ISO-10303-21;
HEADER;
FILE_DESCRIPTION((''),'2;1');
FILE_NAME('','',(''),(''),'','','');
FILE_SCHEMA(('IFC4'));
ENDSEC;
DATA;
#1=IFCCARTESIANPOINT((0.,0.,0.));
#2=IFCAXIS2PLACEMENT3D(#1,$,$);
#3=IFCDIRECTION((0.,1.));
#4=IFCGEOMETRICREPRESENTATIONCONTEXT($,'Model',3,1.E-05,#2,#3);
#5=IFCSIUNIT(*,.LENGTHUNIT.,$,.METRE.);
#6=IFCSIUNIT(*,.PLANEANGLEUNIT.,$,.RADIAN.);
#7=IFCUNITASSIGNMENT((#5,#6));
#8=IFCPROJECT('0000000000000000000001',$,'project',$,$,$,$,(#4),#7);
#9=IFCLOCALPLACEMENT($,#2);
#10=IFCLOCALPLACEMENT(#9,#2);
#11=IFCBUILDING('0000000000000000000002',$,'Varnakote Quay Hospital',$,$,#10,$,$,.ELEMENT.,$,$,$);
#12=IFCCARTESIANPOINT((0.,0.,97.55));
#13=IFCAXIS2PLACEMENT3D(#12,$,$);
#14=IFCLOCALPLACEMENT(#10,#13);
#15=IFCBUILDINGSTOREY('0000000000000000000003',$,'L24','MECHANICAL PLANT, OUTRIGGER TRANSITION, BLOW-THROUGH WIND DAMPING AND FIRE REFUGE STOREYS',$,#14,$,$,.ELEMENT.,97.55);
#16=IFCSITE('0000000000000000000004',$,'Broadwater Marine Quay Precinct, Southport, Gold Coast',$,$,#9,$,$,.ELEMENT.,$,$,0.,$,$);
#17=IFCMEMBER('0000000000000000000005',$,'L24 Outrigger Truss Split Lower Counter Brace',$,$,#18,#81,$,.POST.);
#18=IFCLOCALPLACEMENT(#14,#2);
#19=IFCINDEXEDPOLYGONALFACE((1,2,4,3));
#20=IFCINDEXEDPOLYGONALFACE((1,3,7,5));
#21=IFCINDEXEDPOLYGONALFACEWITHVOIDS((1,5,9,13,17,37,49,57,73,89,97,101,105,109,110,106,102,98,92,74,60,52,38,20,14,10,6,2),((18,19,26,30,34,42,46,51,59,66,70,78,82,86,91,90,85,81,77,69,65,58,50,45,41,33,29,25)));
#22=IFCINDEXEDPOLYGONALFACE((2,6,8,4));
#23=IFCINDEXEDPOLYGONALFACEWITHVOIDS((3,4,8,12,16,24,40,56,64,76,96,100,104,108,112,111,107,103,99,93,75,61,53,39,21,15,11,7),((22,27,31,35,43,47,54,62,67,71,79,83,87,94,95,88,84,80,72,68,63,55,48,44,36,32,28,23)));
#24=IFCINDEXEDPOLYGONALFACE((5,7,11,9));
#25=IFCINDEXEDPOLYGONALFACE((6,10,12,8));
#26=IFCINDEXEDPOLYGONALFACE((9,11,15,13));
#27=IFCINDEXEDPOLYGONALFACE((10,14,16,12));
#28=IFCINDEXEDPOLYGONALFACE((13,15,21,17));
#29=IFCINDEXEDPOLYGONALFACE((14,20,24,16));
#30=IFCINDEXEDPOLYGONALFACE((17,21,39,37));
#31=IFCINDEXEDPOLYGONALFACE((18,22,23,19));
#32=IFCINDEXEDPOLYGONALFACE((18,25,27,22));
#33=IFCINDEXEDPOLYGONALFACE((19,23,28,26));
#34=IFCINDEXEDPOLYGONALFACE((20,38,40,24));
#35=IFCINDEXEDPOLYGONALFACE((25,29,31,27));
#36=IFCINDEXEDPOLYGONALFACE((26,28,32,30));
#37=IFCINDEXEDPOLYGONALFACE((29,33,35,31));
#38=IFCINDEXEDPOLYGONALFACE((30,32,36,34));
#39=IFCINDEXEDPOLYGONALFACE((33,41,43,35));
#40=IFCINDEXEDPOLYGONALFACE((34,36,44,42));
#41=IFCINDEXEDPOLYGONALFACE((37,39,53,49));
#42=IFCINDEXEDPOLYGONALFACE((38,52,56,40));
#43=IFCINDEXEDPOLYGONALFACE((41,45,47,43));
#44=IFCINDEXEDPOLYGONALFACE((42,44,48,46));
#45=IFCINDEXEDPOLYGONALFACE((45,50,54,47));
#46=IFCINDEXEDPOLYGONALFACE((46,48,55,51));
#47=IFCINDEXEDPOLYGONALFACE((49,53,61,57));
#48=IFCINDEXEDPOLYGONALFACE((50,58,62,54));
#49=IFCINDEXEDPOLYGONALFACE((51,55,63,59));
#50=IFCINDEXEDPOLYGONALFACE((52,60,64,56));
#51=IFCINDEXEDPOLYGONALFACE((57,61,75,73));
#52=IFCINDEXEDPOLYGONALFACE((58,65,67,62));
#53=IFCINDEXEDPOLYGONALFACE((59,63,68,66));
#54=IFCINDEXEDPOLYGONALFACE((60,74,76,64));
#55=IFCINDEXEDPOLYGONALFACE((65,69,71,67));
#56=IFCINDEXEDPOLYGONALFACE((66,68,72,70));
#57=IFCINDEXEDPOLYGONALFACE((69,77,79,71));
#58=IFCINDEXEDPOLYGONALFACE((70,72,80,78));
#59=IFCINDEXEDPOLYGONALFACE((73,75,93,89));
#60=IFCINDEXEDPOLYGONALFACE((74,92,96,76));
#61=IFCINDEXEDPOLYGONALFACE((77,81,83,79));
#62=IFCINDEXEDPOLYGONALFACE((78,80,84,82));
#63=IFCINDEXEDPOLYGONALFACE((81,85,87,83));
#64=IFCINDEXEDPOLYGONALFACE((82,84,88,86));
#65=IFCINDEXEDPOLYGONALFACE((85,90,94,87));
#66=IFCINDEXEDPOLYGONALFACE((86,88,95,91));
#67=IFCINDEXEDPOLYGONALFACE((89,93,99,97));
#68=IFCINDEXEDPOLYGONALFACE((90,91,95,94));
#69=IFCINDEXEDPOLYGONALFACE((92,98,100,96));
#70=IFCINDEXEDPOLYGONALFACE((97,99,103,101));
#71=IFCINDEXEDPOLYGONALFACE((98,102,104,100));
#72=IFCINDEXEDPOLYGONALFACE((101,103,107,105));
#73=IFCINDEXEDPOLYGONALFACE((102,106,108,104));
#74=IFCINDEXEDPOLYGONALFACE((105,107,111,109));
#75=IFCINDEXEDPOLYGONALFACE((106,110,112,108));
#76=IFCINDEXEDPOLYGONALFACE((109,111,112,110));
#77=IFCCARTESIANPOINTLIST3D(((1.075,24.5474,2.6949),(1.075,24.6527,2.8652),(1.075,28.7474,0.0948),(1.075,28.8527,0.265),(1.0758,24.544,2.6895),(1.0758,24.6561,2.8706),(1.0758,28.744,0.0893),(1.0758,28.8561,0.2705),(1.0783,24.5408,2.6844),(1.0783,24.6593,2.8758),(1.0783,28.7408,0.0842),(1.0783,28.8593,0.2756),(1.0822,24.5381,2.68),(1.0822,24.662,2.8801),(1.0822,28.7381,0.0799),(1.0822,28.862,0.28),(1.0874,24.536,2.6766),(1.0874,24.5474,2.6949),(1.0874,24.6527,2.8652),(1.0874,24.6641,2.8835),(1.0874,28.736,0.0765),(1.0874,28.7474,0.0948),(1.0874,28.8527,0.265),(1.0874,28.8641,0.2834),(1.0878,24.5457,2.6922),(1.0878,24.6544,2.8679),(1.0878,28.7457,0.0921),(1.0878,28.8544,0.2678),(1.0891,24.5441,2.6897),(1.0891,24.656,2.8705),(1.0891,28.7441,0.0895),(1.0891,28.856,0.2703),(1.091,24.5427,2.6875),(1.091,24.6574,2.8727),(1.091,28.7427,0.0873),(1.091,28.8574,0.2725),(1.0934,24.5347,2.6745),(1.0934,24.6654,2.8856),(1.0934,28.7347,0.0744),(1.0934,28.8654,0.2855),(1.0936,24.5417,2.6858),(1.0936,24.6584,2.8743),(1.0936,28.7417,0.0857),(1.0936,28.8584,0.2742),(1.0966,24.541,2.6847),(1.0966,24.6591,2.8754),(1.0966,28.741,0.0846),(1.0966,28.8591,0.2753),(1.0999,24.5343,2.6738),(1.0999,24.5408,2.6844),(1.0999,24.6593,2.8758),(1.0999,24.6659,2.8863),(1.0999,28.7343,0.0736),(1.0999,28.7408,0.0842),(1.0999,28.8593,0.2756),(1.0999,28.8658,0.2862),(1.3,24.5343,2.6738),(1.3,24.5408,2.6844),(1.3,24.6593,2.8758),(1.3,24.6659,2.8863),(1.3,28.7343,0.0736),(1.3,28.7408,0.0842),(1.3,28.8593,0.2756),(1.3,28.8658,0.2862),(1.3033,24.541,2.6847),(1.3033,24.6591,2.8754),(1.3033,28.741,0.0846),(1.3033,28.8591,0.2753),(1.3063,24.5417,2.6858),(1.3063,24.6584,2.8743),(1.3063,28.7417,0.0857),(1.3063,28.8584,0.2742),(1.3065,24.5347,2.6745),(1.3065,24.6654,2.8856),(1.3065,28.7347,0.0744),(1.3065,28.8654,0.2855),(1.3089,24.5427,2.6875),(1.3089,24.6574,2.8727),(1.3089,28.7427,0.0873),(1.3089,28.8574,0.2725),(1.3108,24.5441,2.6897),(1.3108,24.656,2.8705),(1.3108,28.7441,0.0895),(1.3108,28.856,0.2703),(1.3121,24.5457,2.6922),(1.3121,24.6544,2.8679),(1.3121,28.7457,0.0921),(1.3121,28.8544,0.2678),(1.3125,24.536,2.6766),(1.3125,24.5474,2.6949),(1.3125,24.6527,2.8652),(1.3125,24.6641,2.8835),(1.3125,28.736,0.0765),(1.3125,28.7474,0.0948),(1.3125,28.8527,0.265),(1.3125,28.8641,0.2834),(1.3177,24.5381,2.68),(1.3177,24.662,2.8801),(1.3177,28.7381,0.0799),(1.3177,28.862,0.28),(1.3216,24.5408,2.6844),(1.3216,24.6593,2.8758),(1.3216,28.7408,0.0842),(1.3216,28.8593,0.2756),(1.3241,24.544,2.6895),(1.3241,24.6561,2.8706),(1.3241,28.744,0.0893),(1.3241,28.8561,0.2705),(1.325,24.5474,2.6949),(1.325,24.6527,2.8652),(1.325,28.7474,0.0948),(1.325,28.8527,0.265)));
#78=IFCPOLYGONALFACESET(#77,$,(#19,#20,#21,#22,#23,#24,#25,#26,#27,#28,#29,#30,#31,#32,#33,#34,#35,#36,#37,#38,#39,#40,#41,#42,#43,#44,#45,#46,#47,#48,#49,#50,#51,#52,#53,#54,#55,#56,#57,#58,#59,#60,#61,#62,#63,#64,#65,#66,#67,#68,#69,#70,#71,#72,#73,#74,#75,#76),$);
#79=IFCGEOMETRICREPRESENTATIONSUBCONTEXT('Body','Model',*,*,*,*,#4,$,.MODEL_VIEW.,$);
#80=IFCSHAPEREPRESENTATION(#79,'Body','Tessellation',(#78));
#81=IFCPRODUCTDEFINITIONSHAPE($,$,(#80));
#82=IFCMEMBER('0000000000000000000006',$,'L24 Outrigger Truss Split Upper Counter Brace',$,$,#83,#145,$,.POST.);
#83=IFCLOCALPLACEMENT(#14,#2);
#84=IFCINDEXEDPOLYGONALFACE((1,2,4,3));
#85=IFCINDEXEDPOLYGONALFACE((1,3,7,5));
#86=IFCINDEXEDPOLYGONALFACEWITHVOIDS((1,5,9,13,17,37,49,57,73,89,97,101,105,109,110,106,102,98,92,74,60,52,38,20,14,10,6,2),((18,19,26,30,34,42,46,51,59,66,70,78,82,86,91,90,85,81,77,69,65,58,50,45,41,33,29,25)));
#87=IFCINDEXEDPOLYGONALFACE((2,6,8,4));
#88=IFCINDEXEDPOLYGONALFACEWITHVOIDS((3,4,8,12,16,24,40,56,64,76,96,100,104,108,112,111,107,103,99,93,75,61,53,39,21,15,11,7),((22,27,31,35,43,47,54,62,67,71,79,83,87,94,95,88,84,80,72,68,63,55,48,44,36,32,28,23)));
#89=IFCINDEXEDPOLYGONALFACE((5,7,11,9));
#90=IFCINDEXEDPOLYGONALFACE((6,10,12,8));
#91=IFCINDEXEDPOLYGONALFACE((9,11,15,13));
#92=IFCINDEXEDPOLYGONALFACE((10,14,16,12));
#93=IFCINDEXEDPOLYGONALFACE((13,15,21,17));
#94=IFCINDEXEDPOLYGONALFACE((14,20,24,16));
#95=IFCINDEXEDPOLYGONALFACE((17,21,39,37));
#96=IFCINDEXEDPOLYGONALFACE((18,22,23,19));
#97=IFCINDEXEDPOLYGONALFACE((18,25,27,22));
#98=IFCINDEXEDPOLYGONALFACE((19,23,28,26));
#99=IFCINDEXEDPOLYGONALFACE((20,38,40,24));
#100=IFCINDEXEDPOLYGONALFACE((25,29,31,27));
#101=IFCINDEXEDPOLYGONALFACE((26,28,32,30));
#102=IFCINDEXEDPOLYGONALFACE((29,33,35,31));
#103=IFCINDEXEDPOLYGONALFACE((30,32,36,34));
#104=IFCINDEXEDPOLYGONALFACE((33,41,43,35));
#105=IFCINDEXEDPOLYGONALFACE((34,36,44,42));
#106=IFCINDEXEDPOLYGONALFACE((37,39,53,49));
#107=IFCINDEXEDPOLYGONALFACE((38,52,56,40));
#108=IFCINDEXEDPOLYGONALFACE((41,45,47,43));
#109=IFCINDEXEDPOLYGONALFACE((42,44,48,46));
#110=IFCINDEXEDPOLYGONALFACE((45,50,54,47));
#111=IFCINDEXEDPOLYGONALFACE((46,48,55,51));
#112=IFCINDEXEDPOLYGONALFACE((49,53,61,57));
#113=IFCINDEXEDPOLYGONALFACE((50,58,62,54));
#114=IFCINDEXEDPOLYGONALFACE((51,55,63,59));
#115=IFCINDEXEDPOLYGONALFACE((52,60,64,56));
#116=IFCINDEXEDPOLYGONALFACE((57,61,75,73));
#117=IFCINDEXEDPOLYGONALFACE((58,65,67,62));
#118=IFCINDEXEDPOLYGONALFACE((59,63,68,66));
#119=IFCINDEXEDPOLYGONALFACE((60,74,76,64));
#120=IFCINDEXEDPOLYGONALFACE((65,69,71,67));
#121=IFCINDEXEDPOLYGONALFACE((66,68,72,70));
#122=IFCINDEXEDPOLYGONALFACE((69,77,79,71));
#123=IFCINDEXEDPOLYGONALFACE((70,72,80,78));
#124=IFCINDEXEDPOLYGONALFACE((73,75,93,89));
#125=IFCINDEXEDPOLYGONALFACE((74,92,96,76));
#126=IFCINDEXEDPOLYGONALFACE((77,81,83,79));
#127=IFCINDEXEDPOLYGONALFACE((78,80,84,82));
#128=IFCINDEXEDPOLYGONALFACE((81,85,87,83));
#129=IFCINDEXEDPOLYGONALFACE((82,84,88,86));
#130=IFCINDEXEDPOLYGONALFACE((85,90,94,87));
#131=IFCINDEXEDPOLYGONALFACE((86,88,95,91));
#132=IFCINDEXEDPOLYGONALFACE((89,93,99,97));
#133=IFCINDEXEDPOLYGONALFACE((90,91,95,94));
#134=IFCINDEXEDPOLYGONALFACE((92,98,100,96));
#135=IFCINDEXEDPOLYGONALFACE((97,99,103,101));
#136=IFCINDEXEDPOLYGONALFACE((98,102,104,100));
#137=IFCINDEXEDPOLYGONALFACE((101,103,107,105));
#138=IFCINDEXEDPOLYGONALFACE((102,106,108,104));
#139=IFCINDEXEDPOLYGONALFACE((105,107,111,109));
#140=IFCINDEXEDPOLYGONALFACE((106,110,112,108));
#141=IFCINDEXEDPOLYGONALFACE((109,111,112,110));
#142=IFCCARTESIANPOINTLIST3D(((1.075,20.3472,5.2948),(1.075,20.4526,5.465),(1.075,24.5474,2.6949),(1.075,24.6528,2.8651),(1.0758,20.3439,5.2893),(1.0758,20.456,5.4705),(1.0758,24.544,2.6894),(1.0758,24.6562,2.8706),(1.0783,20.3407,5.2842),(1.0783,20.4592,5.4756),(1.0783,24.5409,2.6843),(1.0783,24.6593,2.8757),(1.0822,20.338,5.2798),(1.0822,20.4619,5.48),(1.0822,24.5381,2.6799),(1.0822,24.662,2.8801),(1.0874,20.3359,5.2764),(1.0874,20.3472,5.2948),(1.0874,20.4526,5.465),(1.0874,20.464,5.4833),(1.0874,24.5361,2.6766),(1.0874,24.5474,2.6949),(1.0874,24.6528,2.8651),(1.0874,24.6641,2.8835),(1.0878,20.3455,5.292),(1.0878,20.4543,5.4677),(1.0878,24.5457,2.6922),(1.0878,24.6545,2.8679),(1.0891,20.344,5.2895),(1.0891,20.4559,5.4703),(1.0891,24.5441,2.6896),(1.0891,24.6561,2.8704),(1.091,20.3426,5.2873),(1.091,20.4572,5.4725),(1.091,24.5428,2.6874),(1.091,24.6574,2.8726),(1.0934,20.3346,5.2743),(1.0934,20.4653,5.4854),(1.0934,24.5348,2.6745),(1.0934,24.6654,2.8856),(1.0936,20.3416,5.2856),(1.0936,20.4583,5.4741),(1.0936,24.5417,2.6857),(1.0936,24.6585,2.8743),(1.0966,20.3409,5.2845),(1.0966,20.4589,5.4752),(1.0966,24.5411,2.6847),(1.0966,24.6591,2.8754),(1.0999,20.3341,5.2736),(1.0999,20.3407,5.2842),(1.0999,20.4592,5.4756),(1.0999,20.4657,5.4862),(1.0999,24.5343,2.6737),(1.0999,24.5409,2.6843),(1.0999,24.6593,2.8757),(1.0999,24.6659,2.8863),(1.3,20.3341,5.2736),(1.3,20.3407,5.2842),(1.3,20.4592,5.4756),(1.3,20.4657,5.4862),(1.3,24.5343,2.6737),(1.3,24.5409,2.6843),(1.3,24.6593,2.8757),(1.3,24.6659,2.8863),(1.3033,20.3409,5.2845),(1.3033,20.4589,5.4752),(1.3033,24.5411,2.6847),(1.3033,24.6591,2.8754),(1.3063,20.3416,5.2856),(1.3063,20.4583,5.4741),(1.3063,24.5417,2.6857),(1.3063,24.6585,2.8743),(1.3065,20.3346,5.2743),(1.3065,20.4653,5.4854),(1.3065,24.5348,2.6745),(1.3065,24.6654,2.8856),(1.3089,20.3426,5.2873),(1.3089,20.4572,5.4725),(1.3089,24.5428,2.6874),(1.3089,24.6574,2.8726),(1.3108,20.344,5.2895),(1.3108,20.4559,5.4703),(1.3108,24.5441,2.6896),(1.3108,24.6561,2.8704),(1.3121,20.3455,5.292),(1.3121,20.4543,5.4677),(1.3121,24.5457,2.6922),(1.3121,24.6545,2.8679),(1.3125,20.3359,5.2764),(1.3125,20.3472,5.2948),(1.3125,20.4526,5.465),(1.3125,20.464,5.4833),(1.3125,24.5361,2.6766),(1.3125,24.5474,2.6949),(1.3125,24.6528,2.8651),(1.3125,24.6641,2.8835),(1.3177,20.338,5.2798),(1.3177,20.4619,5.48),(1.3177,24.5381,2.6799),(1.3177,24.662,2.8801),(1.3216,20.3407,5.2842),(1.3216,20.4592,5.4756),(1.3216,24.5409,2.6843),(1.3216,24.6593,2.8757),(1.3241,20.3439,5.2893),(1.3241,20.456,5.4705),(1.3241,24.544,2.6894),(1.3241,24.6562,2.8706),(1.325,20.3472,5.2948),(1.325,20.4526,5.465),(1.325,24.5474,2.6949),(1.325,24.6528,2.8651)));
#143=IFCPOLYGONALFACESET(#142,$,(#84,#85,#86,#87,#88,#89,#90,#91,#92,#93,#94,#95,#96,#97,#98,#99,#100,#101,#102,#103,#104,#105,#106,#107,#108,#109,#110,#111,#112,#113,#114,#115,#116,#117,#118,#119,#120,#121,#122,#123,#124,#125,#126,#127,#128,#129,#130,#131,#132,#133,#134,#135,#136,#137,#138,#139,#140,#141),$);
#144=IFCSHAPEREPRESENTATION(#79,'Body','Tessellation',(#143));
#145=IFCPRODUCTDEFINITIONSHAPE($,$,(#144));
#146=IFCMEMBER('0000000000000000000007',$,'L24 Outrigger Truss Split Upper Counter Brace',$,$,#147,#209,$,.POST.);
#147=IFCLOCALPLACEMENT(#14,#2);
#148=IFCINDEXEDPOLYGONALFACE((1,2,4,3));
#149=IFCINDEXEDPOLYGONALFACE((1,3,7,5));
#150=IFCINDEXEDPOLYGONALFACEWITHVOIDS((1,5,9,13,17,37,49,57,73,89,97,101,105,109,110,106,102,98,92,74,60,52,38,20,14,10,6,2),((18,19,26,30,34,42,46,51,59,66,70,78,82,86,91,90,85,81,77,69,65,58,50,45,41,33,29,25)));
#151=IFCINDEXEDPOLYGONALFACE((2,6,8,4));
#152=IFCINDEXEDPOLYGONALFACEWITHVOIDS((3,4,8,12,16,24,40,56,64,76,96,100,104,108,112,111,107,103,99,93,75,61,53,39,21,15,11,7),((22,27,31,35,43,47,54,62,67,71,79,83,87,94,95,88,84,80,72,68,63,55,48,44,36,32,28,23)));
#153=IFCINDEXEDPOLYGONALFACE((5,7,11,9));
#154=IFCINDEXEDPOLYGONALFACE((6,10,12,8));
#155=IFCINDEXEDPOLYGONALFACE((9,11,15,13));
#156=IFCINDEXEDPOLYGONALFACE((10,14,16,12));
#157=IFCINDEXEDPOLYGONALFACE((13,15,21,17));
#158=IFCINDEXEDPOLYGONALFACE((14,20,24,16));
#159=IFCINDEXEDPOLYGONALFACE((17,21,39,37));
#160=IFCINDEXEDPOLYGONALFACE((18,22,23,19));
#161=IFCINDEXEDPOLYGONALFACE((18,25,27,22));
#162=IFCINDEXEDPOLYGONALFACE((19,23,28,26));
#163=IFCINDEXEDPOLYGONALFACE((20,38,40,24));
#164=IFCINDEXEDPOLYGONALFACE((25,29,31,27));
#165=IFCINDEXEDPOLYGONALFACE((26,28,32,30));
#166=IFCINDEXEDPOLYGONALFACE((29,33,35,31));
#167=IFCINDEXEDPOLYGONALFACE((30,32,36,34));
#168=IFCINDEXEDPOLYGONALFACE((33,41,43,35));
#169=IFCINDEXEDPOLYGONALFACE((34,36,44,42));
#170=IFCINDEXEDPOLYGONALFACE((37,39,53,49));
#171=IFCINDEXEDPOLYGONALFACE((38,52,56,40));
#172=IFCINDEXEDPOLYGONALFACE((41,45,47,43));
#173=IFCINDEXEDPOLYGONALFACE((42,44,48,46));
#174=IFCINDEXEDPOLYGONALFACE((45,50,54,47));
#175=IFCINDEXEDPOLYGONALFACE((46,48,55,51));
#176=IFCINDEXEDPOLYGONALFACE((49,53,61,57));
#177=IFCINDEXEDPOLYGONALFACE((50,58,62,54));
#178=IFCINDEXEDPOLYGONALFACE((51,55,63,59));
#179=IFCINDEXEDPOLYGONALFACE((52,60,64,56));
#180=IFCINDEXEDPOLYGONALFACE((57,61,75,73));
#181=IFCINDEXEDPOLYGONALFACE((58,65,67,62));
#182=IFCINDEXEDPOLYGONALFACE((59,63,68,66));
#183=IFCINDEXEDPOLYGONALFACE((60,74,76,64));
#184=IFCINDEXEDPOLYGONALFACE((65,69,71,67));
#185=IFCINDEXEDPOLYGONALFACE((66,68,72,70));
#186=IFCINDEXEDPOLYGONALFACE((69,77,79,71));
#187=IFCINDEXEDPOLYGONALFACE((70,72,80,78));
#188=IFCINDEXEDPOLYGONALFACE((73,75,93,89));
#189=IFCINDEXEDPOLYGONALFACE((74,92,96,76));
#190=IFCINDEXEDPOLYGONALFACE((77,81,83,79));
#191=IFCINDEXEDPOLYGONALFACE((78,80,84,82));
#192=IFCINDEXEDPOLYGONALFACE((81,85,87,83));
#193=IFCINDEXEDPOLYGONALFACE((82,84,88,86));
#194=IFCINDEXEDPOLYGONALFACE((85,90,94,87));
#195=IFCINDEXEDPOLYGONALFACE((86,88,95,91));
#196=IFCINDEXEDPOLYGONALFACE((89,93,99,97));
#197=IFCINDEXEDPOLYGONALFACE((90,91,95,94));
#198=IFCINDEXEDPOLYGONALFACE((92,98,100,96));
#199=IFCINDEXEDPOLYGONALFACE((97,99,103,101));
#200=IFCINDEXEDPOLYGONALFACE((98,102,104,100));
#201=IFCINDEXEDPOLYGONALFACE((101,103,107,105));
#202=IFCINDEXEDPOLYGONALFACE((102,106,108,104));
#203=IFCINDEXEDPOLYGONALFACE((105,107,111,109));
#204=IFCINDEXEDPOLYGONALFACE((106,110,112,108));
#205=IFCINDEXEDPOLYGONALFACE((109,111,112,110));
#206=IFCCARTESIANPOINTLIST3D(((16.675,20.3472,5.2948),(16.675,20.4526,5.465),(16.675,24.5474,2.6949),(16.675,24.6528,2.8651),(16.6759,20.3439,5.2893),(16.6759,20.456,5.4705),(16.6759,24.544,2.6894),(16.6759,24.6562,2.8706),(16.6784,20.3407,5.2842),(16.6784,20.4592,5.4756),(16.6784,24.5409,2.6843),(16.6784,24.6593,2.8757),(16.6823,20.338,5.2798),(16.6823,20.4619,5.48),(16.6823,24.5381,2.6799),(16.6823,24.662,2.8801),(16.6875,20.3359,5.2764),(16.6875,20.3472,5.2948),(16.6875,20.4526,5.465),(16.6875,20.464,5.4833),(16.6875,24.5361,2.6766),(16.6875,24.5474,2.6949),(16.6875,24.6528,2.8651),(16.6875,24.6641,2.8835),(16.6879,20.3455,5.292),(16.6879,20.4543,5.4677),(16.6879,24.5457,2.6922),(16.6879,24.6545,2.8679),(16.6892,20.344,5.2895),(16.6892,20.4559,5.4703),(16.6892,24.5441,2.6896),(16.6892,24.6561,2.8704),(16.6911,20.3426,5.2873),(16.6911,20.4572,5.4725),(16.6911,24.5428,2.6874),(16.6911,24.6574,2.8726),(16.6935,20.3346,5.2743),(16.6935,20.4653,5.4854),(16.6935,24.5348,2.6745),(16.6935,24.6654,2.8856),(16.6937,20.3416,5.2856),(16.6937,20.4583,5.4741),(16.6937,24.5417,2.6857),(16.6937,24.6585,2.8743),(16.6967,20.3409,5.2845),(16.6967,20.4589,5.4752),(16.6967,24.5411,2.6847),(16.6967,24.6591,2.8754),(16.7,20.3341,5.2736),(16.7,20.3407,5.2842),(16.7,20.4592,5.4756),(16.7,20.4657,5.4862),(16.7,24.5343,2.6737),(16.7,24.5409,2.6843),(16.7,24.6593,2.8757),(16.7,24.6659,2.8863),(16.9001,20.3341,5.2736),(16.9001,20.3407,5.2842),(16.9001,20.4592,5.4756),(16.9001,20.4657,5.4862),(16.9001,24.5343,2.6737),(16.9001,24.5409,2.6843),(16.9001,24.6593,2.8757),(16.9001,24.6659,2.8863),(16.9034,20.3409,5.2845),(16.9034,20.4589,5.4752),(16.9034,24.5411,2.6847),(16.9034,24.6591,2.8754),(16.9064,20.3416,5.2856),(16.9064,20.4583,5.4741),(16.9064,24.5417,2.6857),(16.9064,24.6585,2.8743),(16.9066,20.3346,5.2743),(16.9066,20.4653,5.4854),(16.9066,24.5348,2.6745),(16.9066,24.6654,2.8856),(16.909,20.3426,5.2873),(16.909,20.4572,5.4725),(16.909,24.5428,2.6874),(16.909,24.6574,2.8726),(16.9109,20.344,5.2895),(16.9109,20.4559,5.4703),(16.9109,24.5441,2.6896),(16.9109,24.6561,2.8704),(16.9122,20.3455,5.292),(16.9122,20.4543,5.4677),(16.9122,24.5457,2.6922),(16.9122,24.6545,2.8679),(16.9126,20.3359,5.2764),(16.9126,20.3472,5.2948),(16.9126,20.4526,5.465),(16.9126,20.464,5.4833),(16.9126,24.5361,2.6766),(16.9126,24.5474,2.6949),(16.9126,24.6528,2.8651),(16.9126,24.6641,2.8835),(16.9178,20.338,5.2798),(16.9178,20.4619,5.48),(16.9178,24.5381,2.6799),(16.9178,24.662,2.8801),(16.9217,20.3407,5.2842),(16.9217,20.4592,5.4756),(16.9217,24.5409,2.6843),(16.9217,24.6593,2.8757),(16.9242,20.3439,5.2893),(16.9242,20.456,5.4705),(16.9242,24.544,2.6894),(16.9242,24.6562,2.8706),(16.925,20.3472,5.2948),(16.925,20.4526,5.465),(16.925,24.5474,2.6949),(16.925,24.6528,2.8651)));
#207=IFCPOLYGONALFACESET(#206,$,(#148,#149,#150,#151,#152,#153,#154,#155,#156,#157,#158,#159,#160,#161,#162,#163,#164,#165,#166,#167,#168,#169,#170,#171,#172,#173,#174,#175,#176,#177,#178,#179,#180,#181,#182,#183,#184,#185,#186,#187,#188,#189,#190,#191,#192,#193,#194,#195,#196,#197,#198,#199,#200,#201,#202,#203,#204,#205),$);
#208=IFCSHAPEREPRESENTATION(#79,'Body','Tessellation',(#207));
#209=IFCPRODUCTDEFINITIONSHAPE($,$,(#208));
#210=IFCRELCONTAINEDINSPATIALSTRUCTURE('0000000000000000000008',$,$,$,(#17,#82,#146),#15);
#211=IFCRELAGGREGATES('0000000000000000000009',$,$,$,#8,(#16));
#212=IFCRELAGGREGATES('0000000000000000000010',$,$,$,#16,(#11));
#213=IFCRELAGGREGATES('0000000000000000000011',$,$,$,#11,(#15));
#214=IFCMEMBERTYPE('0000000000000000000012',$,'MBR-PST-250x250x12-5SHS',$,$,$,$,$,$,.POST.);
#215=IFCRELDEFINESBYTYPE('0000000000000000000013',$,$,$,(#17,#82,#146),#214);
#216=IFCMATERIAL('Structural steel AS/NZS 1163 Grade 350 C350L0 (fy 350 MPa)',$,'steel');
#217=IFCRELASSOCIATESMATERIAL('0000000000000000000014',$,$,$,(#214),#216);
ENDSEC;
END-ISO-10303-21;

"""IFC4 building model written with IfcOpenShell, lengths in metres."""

from ifc_helpers import new_model, si_unit, direction, frame, origin, origin_2d, place, context, subcontext, project, spatial, hollow_rectangle, extrude, material, material_profile, profile_set, type_object, element, save


model = new_model("IFC4")

# Units and contexts
model_context = context("Model", 3, precision=1e-05, world=origin(), true_north=direction((0.0, 1.0)))
body_context = subcontext(model_context, "Body", "Model", "MODEL_VIEW")
ifc_project = project(units=[si_unit("LENGTHUNIT", "METRE"), si_unit("PLANEANGLEUNIT", "RADIAN")], contexts=[model_context])

# Site, building, storey
site_placement = place(None, origin())
site = spatial("IfcSite", under=ifc_project, at=site_placement, Name="Broadwater Marine Quay Precinct, Southport, Gold Coast", CompositionType="ELEMENT", RefElevation=0.0)
building_placement = place(site_placement, origin())
building = spatial("IfcBuilding", under=site, at=building_placement, Name="Varnakote Quay Hospital", CompositionType="ELEMENT")
storey_placement = place(building_placement, frame((0.0, 0.0, 97.55)))
storey = spatial("IfcBuildingStorey", under=building, at=storey_placement, Name="L24", Description="MECHANICAL PLANT, OUTRIGGER TRANSITION, BLOW-THROUGH WIND DAMPING AND FIRE REFUGE STOREYS", CompositionType="ELEMENT", Elevation=97.55)

# Members
ifc_material_1 = material(Name="Structural steel AS/NZS 1163 Grade 350 C350L0 (fy 350 MPa)", Category="steel")
ifc_material_profile_1 = material_profile(ifc_material_1, hollow_rectangle(XDim=0.25, YDim=0.25, WallThickness=0.0125, InnerFilletRadius=0.0125, OuterFilletRadius=0.0249, at=origin_2d()), Name="250x250x12.5SHS")
ifc_profile_set_1 = profile_set([ifc_material_profile_1], Name="Structural steel AS/NZS 1163 Grade 350 C350L0 (fy 350 MPa)")
member_type_1 = type_object("IfcMemberType", Name="MBR-PST-250x250x12-5SHS", PredefinedType="POST", material=ifc_profile_set_1)
for number, where, z_axis, x_axis, name in (
    (1, (1.2, 28.8, 0.1799), (0.0, -0.850254, 0.526373), (1.0, 0.0, 0.0), "L24 Outrigger Truss Split Lower Counter Brace"),
    (2, (1.2, 24.6001, 2.78), (0.0, -0.850289, 0.526315), (1.0, 0.0, 0.0), "L24 Outrigger Truss Split Upper Counter Brace"),
    (3, (16.8, 24.6001, 2.78), (0.0, -0.850289, 0.526315), (1.0, 0.0, 0.0), "L24 Outrigger Truss Split Upper Counter Brace"),
):
    element("IfcMember", number, at=place(storey_placement, frame(where, z_axis=z_axis, x_axis=x_axis)), inside=storey, type_object=member_type_1, Name=name, PredefinedType="POST", context=body_context, shape_type="SweptSolid", body=[
        extrude(hollow_rectangle(XDim=0.25, YDim=0.25, WallThickness=0.0125, InnerFilletRadius=0.0125, OuterFilletRadius=0.0249, at=origin_2d()), origin(), (0.0, 0.0, 1.0), 4.9397),
    ])

save(model, "model.ifc")
